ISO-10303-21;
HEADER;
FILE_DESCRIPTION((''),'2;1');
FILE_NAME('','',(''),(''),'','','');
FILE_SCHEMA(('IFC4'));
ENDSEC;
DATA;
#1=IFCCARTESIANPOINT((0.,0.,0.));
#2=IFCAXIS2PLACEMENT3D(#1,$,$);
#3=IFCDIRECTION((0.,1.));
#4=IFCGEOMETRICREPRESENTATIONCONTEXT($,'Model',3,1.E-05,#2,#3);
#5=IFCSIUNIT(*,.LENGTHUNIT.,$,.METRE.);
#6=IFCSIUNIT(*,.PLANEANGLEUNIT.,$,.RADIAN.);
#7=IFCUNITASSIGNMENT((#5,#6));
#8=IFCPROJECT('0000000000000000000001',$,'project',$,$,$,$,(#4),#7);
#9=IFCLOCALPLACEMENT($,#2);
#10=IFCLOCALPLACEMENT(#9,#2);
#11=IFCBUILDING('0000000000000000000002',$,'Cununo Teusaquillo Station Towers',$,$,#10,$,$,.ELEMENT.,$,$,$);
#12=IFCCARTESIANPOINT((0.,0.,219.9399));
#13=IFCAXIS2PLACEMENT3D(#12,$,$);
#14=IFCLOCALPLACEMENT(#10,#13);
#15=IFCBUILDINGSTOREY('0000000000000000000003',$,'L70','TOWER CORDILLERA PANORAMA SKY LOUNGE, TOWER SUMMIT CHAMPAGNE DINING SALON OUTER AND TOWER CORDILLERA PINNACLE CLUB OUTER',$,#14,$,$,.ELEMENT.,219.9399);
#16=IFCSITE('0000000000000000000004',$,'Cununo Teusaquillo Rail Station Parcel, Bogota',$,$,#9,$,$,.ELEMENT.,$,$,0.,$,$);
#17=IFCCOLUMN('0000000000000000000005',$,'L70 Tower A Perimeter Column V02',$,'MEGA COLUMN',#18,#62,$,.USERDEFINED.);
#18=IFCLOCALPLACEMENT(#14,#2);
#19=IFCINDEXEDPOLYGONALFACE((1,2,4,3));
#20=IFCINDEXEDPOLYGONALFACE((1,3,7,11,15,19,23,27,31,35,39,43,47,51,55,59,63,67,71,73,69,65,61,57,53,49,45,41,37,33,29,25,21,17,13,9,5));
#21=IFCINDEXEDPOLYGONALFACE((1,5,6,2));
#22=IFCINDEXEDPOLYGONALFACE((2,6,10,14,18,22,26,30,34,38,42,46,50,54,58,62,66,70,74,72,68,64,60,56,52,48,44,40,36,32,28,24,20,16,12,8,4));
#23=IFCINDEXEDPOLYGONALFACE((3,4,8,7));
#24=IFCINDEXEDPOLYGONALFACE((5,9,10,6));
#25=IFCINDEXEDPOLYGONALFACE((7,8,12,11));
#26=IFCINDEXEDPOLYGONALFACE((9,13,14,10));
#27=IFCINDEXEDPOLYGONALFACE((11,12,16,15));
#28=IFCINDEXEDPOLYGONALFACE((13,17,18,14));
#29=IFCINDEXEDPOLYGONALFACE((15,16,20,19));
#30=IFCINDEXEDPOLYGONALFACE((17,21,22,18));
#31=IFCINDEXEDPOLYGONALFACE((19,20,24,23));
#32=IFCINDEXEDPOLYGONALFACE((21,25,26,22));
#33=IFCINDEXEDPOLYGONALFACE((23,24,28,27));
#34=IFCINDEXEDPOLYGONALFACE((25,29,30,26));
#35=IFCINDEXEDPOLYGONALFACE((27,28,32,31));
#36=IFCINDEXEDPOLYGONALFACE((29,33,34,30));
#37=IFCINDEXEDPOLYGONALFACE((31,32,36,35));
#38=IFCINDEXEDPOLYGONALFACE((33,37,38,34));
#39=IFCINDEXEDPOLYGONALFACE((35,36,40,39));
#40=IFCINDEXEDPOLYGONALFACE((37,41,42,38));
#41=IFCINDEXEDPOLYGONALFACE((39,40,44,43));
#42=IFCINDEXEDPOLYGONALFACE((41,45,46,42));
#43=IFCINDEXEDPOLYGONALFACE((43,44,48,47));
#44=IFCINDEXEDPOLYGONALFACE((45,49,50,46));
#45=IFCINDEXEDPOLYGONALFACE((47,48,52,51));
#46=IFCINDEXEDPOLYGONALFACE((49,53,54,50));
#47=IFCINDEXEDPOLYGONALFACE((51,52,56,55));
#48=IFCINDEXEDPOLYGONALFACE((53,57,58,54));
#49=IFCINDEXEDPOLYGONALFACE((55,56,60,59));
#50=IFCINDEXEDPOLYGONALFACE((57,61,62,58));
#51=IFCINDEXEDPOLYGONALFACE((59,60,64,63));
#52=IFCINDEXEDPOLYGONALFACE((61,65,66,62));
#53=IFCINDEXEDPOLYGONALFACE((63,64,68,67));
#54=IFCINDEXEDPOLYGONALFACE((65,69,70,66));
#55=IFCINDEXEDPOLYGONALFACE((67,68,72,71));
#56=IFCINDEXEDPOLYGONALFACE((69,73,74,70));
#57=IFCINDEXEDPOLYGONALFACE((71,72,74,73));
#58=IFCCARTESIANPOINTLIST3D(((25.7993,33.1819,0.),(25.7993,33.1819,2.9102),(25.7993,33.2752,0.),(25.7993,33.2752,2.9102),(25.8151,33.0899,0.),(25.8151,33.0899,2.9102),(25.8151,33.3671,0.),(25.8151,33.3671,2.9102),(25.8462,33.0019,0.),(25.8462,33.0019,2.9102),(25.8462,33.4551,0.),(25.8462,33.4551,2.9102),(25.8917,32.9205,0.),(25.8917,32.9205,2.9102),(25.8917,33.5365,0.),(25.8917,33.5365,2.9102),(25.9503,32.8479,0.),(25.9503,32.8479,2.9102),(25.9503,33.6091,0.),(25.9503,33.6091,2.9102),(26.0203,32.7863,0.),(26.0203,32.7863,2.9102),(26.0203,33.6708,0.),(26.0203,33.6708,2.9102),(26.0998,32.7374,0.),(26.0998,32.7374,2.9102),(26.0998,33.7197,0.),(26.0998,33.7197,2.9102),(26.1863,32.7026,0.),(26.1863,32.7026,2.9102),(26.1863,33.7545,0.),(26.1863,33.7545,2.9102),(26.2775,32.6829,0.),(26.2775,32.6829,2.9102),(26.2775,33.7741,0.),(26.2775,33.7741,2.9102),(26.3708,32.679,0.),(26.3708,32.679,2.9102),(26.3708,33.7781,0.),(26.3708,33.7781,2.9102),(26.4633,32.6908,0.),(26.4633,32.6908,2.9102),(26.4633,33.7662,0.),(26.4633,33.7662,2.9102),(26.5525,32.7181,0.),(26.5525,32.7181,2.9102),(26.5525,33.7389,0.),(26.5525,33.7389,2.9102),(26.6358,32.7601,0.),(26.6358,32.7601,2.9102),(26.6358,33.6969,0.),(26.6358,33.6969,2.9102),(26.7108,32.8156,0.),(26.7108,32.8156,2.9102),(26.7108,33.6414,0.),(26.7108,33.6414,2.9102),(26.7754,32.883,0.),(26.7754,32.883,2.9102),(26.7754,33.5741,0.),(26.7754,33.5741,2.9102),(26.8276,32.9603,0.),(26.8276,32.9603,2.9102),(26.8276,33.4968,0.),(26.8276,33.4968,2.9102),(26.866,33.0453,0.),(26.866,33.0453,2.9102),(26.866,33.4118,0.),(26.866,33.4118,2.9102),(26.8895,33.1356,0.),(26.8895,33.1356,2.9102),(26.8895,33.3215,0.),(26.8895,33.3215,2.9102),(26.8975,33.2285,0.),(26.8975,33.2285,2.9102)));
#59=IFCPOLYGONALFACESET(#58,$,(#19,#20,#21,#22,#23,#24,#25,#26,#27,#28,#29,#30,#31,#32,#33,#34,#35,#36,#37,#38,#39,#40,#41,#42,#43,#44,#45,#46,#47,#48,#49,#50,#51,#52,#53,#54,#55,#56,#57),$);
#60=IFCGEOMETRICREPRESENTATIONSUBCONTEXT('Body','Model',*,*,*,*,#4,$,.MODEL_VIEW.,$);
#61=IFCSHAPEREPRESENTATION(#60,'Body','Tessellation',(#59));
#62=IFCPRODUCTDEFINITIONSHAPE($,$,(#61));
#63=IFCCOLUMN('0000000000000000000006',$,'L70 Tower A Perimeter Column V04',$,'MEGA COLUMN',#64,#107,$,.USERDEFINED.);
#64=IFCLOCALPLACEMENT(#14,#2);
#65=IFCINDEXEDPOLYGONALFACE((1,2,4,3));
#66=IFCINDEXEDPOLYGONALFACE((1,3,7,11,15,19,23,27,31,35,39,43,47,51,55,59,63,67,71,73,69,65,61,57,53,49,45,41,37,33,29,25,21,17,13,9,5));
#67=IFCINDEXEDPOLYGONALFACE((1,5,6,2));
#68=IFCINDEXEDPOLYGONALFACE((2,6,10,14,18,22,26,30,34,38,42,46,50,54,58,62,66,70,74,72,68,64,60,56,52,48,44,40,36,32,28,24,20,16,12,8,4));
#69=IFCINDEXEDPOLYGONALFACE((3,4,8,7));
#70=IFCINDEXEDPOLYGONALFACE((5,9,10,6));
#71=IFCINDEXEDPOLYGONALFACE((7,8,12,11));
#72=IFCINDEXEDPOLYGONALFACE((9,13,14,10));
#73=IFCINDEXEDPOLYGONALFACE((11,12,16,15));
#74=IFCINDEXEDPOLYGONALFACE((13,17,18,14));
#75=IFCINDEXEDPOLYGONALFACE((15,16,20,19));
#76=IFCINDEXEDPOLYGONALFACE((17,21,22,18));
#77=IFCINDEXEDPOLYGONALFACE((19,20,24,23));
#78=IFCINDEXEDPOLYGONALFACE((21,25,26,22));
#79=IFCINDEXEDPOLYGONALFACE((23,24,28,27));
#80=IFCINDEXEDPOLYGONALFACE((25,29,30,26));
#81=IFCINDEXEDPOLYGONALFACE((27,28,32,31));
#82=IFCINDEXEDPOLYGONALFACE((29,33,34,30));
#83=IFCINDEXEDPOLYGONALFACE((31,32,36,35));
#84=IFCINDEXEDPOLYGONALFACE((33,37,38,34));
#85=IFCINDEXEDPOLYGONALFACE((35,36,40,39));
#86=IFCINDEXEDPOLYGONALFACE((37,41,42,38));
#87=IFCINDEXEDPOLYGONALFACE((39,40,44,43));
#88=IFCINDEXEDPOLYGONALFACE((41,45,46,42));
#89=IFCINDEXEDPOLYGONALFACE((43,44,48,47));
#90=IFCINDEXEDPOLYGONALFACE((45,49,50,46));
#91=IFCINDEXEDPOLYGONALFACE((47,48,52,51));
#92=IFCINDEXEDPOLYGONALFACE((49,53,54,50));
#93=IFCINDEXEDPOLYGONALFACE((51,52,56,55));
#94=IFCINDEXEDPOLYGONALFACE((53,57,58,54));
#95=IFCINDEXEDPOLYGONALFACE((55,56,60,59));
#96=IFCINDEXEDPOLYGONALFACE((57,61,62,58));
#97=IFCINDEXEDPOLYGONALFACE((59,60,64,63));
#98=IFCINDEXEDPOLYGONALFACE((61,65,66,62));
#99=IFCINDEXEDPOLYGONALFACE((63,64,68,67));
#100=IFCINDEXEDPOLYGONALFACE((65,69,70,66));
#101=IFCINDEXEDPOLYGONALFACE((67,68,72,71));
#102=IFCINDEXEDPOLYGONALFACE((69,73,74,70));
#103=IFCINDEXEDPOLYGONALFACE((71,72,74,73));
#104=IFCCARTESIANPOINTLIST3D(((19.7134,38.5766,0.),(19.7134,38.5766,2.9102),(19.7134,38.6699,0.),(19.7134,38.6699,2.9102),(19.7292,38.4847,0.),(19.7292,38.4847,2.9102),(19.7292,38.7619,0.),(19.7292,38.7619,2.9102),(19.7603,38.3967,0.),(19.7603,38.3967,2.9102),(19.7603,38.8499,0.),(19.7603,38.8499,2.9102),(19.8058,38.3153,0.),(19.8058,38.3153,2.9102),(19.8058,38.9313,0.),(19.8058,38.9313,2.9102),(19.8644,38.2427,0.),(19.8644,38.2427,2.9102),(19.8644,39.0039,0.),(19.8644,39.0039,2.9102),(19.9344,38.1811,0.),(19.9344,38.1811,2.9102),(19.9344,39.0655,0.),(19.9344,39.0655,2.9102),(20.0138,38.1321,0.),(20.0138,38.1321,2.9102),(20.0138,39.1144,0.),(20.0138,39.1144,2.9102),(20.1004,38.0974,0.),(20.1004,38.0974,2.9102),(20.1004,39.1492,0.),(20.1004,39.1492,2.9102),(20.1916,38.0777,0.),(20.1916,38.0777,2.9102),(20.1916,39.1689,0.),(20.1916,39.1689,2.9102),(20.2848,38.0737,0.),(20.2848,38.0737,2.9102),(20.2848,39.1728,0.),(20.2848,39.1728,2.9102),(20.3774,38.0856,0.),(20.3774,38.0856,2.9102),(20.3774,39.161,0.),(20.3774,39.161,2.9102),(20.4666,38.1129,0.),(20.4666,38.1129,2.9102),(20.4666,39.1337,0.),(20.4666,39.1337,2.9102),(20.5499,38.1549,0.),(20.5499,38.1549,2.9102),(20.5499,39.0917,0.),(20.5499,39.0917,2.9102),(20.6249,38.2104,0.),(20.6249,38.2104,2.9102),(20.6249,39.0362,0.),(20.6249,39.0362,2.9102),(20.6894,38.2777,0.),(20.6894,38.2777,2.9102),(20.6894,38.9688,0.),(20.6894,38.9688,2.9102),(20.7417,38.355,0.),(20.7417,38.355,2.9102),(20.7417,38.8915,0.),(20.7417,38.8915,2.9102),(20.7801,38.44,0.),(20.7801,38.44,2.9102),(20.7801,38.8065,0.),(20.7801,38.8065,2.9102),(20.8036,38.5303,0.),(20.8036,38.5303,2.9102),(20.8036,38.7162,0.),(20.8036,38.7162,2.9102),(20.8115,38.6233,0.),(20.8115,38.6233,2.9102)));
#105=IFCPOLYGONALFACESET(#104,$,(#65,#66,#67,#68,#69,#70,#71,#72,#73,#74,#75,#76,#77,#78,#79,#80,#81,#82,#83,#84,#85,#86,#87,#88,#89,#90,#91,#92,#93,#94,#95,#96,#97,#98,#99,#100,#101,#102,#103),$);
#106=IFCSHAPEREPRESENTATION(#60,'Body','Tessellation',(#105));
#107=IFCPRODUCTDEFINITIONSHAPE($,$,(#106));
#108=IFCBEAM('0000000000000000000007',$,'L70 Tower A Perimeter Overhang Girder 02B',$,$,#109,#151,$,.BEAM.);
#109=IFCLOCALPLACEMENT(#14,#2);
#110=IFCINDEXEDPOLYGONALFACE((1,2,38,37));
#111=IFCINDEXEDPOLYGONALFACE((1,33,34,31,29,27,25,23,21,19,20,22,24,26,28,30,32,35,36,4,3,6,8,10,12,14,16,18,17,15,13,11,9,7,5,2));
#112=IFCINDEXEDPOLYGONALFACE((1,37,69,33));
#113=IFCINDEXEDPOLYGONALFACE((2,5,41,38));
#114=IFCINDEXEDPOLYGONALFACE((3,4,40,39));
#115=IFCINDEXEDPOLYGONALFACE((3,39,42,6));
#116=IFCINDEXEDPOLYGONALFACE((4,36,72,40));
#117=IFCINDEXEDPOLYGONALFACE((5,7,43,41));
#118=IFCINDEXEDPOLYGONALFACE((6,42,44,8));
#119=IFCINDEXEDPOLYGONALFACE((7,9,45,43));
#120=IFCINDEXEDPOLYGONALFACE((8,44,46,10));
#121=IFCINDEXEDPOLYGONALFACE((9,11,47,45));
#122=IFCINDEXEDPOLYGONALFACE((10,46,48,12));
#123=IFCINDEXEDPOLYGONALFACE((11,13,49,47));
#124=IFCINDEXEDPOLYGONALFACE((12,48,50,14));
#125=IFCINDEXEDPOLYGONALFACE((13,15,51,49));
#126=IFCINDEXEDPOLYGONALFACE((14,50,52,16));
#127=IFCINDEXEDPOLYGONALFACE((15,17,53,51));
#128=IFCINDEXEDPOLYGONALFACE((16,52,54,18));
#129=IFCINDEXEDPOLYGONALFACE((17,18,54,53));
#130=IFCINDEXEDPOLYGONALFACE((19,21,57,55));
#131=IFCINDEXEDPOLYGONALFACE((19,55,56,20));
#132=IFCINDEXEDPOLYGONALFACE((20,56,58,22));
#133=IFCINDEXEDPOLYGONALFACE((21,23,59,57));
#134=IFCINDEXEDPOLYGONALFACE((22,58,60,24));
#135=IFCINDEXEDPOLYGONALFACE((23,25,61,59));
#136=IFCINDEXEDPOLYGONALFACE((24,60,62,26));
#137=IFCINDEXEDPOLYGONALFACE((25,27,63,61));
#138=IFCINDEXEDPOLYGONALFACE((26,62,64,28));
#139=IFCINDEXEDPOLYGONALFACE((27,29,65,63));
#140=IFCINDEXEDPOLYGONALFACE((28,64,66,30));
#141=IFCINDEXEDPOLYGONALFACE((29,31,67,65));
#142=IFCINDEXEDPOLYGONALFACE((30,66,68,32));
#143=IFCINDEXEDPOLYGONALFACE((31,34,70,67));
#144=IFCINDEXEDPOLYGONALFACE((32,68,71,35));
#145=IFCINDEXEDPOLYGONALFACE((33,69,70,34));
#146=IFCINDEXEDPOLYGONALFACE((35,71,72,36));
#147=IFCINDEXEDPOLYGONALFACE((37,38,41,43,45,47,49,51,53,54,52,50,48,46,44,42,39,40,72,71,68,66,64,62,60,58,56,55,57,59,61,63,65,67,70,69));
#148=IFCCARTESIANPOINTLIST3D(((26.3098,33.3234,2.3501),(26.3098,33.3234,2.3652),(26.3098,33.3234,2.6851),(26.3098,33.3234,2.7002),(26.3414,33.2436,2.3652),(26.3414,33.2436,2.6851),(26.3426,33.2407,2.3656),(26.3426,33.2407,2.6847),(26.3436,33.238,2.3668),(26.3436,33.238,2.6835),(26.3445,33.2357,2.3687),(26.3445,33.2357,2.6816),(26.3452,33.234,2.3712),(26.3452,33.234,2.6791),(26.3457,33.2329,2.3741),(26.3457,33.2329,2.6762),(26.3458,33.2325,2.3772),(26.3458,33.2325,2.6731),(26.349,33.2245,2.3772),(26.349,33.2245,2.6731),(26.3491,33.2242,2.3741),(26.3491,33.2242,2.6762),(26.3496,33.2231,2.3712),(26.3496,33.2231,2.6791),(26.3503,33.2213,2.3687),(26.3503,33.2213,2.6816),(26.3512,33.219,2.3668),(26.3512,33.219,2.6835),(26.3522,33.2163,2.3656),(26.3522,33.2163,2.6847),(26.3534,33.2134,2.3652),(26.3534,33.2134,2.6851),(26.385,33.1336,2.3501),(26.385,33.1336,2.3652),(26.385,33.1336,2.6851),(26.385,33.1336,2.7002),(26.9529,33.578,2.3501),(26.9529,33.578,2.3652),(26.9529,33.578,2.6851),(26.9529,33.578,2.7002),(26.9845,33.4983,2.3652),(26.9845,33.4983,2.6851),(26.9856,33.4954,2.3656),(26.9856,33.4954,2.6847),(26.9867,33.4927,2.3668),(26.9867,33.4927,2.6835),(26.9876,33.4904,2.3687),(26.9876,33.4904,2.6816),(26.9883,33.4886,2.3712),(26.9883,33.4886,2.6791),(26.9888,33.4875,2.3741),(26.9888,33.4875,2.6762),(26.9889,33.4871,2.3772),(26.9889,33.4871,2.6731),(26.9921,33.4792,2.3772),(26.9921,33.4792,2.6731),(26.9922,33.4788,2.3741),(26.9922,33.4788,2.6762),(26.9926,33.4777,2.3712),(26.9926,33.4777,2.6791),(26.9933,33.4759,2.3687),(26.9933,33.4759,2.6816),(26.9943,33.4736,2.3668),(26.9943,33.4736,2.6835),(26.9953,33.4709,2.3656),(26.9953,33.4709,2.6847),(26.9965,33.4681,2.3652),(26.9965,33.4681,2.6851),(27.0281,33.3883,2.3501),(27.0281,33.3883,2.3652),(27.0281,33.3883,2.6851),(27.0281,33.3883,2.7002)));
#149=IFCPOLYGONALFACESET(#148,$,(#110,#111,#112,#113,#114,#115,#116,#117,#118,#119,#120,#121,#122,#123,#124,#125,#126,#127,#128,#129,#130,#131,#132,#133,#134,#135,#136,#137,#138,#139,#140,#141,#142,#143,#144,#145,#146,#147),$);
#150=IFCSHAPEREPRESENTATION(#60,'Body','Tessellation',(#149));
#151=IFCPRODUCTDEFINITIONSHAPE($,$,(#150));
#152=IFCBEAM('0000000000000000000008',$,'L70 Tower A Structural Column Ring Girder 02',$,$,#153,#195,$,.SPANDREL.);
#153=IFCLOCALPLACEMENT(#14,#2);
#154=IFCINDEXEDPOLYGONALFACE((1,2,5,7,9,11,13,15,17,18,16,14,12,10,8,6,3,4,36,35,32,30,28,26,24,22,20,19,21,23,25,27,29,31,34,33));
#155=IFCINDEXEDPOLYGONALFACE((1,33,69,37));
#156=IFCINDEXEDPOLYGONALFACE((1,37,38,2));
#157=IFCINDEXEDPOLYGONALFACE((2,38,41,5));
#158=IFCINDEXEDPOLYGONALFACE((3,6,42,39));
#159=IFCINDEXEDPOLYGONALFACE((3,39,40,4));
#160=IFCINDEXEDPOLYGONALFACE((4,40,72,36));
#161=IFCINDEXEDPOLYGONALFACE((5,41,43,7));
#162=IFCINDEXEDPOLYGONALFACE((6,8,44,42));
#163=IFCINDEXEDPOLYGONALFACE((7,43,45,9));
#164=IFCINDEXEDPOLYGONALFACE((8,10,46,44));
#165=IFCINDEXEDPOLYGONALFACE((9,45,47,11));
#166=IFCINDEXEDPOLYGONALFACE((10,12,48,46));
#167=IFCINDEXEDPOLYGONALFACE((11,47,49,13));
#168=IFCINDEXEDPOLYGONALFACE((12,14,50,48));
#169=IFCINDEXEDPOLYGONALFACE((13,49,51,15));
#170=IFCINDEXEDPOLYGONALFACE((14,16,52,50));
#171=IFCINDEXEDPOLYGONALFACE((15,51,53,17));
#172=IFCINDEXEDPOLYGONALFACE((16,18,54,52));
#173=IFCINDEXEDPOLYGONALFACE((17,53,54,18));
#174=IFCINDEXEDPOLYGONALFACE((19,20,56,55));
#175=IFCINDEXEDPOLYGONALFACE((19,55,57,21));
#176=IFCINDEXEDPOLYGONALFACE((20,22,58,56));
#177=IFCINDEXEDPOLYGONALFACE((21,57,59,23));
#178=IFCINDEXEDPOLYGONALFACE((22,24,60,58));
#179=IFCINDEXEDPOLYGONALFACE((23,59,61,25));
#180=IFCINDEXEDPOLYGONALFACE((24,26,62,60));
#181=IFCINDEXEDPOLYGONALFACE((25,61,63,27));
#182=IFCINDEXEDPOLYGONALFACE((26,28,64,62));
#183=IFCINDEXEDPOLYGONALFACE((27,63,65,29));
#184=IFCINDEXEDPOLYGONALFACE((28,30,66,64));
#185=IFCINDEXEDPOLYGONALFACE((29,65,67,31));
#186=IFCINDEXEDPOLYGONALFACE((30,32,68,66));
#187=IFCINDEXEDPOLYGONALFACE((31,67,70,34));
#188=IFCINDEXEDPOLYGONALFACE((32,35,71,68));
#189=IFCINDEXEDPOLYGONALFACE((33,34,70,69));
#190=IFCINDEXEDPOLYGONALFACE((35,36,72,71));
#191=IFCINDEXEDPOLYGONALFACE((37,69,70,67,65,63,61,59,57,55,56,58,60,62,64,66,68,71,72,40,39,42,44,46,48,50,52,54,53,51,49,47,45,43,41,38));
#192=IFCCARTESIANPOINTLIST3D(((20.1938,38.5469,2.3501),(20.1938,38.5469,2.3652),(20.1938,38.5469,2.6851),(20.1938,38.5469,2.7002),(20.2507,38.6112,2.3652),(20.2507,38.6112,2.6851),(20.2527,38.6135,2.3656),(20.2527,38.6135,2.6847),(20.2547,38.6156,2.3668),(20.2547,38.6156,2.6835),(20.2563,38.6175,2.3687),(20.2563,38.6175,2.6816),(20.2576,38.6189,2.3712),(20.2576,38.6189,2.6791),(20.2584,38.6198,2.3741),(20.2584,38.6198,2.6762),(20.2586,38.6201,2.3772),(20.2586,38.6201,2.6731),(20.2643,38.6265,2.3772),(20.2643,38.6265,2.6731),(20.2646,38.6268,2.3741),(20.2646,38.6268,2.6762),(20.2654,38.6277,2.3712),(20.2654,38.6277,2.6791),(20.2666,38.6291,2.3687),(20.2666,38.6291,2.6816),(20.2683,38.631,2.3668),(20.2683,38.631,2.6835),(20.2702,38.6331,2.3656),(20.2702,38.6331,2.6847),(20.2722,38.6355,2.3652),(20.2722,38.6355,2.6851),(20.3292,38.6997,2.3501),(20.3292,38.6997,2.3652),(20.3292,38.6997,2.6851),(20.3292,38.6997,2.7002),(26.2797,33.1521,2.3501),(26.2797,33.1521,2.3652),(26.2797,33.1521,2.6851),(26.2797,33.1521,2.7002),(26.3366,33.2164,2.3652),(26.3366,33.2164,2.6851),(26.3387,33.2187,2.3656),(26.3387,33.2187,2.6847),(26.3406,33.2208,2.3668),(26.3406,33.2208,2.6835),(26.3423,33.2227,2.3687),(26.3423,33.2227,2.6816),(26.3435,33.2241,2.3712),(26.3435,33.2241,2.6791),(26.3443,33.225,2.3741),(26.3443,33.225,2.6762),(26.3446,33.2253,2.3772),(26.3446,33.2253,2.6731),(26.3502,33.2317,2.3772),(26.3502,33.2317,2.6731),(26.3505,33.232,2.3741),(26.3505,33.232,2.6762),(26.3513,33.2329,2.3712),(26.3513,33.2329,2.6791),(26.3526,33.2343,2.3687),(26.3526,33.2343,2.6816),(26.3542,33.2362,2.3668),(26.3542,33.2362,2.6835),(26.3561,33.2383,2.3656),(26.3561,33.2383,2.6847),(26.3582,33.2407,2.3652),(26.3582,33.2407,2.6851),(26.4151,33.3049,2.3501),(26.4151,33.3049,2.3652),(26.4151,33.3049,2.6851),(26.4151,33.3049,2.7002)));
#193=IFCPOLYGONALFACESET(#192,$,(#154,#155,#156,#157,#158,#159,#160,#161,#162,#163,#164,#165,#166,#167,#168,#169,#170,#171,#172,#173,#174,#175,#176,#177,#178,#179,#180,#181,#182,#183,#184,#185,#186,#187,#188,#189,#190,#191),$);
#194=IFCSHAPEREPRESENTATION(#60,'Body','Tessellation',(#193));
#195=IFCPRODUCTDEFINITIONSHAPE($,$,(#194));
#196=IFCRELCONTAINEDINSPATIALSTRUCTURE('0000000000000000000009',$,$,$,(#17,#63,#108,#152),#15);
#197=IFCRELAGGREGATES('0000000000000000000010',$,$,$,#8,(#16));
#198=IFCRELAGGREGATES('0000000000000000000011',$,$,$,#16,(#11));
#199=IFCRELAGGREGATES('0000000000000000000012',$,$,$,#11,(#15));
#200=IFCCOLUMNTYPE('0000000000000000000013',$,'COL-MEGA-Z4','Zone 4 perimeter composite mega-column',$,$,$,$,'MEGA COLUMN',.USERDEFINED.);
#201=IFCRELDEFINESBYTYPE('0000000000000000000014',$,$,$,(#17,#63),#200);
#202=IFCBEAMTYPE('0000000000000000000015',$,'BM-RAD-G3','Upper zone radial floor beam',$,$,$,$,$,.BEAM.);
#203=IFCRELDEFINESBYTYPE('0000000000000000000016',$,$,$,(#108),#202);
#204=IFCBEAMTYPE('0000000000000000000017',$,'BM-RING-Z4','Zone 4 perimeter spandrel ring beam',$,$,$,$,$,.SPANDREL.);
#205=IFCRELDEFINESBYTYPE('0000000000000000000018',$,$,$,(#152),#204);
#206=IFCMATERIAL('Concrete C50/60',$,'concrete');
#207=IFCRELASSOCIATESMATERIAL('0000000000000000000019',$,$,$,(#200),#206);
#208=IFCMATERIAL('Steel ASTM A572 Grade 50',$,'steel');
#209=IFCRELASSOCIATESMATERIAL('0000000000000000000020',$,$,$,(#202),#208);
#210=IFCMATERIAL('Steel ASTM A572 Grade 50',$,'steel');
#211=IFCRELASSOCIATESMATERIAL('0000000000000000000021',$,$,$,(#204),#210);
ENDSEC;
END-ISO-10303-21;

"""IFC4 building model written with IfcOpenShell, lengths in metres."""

from ifc_helpers import new_model, si_unit, direction, frame, origin, origin_2d, place, context, subcontext, project, spatial, circle, i_section, extrude, material, material_profile, profile_set, type_object, element, save


model = new_model("IFC4")

# Units and contexts
model_context = context("Model", 3, precision=1e-05, world=origin(), true_north=direction((0.0, 1.0)))
body_context = subcontext(model_context, "Body", "Model", "MODEL_VIEW")
ifc_project = project(units=[si_unit("LENGTHUNIT", "METRE"), si_unit("PLANEANGLEUNIT", "RADIAN")], contexts=[model_context])

# Site, building, storey
site_placement = place(None, origin())
site = spatial("IfcSite", under=ifc_project, at=site_placement, Name="Cununo Teusaquillo Rail Station Parcel, Bogota", CompositionType="ELEMENT", RefElevation=0.0)
building_placement = place(site_placement, origin())
building = spatial("IfcBuilding", under=site, at=building_placement, Name="Cununo Teusaquillo Station Towers", CompositionType="ELEMENT")
storey_placement = place(building_placement, frame((0.0, 0.0, 219.9399)))
storey = spatial("IfcBuildingStorey", under=building, at=storey_placement, Name="L70", Description="TOWER CORDILLERA PANORAMA SKY LOUNGE, TOWER SUMMIT CHAMPAGNE DINING SALON OUTER AND TOWER CORDILLERA PINNACLE CLUB OUTER", CompositionType="ELEMENT", Elevation=219.9399)

# Columns
ifc_material_1 = material(Name="Concrete C50/60", Category="concrete")
ifc_material_profile_1 = material_profile(ifc_material_1, circle(Radius=0.55, at=origin_2d()), Name="RC-CIRC-1100")
ifc_profile_set_1 = profile_set([ifc_material_profile_1], Name="Concrete C50/60")
column_type = type_object("IfcColumnType", Name="COL-MEGA-Z4", Description="Zone 4 perimeter composite mega-column", ElementType="MEGA COLUMN", PredefinedType="USERDEFINED", material=ifc_profile_set_1)
for number, where, z_axis, x_axis, name in (
    (1, (26.3474, 33.2285, 0.0), (0.0, 0.0, 1.0), (1.0, 0.0, 0.0), "L70 Tower A Perimeter Column V02"),
    (2, (20.2615, 38.6233, 0.0), (0.0, 0.0, 1.0), (1.0, 0.0, 0.0), "L70 Tower A Perimeter Column V04"),
):
    element("IfcColumn", number, at=place(storey_placement, frame(where, z_axis=z_axis, x_axis=x_axis)), inside=storey, type_object=column_type, Name=name, ObjectType="MEGA COLUMN", PredefinedType="USERDEFINED", context=body_context, shape_type="SweptSolid", body=[
        extrude(circle(Radius=0.55, at=origin_2d()), origin(), (0.0, 0.0, 1.0), 2.9102),
    ])

# Beams
ifc_material_2 = material(Name="Steel ASTM A572 Grade 50", Category="steel")
ifc_material_profile_2 = material_profile(ifc_material_2, i_section(OverallWidth=0.2041, OverallDepth=0.3501, WebThickness=0.0085, FlangeThickness=0.0151, FilletRadius=0.012, at=origin_2d()), Name="W14X48")
ifc_profile_set_2 = profile_set([ifc_material_profile_2], Name="Steel ASTM A572 Grade 50")
beam_type_1 = type_object("IfcBeamType", Name="BM-RAD-G3", Description="Upper zone radial floor beam", PredefinedType="BEAM", material=ifc_profile_set_2)
beam_1_placement = place(storey_placement, frame((26.3474, 33.2285, 2.5251), z_axis=(0.929761, 0.368163, 0.0), x_axis=(-0.368163, 0.929761, 0.0)))
element("IfcBeam", 3, at=beam_1_placement, inside=storey, type_object=beam_type_1, Name="L70 Tower A Perimeter Overhang Girder 02B", PredefinedType="BEAM", context=body_context, shape_type="SweptSolid", body=[
    extrude(i_section(OverallWidth=0.2041, OverallDepth=0.3501, WebThickness=0.0085, FlangeThickness=0.0151, FilletRadius=0.012, at=origin_2d()), origin(), (0.0, 0.0, 1.0), 0.6917),
])
ifc_material_3 = material(Name="Steel ASTM A572 Grade 50", Category="steel")
ifc_material_profile_3 = material_profile(ifc_material_3, i_section(OverallWidth=0.2041, OverallDepth=0.3501, WebThickness=0.0085, FlangeThickness=0.0151, FilletRadius=0.012, at=origin_2d()), Name="W14X48")
ifc_profile_set_3 = profile_set([ifc_material_profile_3], Name="Steel ASTM A572 Grade 50")
beam_type_2 = type_object("IfcBeamType", Name="BM-RING-Z4", Description="Zone 4 perimeter spandrel ring beam", PredefinedType="SPANDREL", material=ifc_profile_set_3)
beam_2_placement = place(storey_placement, frame((26.3474, 33.2285, 2.5251), z_axis=(-0.748321, 0.663337, 0.0), x_axis=(-0.663337, -0.748321, 0.0)))
element("IfcBeam", 4, at=beam_2_placement, inside=storey, type_object=beam_type_2, Name="L70 Tower A Structural Column Ring Girder 02", PredefinedType="SPANDREL", context=body_context, shape_type="SweptSolid", body=[
    extrude(i_section(OverallWidth=0.2041, OverallDepth=0.3501, WebThickness=0.0085, FlangeThickness=0.0151, FilletRadius=0.012, at=origin_2d()), origin(), (0.0, 0.0, 1.0), 8.1328),
])

save(model, "model.ifc")
